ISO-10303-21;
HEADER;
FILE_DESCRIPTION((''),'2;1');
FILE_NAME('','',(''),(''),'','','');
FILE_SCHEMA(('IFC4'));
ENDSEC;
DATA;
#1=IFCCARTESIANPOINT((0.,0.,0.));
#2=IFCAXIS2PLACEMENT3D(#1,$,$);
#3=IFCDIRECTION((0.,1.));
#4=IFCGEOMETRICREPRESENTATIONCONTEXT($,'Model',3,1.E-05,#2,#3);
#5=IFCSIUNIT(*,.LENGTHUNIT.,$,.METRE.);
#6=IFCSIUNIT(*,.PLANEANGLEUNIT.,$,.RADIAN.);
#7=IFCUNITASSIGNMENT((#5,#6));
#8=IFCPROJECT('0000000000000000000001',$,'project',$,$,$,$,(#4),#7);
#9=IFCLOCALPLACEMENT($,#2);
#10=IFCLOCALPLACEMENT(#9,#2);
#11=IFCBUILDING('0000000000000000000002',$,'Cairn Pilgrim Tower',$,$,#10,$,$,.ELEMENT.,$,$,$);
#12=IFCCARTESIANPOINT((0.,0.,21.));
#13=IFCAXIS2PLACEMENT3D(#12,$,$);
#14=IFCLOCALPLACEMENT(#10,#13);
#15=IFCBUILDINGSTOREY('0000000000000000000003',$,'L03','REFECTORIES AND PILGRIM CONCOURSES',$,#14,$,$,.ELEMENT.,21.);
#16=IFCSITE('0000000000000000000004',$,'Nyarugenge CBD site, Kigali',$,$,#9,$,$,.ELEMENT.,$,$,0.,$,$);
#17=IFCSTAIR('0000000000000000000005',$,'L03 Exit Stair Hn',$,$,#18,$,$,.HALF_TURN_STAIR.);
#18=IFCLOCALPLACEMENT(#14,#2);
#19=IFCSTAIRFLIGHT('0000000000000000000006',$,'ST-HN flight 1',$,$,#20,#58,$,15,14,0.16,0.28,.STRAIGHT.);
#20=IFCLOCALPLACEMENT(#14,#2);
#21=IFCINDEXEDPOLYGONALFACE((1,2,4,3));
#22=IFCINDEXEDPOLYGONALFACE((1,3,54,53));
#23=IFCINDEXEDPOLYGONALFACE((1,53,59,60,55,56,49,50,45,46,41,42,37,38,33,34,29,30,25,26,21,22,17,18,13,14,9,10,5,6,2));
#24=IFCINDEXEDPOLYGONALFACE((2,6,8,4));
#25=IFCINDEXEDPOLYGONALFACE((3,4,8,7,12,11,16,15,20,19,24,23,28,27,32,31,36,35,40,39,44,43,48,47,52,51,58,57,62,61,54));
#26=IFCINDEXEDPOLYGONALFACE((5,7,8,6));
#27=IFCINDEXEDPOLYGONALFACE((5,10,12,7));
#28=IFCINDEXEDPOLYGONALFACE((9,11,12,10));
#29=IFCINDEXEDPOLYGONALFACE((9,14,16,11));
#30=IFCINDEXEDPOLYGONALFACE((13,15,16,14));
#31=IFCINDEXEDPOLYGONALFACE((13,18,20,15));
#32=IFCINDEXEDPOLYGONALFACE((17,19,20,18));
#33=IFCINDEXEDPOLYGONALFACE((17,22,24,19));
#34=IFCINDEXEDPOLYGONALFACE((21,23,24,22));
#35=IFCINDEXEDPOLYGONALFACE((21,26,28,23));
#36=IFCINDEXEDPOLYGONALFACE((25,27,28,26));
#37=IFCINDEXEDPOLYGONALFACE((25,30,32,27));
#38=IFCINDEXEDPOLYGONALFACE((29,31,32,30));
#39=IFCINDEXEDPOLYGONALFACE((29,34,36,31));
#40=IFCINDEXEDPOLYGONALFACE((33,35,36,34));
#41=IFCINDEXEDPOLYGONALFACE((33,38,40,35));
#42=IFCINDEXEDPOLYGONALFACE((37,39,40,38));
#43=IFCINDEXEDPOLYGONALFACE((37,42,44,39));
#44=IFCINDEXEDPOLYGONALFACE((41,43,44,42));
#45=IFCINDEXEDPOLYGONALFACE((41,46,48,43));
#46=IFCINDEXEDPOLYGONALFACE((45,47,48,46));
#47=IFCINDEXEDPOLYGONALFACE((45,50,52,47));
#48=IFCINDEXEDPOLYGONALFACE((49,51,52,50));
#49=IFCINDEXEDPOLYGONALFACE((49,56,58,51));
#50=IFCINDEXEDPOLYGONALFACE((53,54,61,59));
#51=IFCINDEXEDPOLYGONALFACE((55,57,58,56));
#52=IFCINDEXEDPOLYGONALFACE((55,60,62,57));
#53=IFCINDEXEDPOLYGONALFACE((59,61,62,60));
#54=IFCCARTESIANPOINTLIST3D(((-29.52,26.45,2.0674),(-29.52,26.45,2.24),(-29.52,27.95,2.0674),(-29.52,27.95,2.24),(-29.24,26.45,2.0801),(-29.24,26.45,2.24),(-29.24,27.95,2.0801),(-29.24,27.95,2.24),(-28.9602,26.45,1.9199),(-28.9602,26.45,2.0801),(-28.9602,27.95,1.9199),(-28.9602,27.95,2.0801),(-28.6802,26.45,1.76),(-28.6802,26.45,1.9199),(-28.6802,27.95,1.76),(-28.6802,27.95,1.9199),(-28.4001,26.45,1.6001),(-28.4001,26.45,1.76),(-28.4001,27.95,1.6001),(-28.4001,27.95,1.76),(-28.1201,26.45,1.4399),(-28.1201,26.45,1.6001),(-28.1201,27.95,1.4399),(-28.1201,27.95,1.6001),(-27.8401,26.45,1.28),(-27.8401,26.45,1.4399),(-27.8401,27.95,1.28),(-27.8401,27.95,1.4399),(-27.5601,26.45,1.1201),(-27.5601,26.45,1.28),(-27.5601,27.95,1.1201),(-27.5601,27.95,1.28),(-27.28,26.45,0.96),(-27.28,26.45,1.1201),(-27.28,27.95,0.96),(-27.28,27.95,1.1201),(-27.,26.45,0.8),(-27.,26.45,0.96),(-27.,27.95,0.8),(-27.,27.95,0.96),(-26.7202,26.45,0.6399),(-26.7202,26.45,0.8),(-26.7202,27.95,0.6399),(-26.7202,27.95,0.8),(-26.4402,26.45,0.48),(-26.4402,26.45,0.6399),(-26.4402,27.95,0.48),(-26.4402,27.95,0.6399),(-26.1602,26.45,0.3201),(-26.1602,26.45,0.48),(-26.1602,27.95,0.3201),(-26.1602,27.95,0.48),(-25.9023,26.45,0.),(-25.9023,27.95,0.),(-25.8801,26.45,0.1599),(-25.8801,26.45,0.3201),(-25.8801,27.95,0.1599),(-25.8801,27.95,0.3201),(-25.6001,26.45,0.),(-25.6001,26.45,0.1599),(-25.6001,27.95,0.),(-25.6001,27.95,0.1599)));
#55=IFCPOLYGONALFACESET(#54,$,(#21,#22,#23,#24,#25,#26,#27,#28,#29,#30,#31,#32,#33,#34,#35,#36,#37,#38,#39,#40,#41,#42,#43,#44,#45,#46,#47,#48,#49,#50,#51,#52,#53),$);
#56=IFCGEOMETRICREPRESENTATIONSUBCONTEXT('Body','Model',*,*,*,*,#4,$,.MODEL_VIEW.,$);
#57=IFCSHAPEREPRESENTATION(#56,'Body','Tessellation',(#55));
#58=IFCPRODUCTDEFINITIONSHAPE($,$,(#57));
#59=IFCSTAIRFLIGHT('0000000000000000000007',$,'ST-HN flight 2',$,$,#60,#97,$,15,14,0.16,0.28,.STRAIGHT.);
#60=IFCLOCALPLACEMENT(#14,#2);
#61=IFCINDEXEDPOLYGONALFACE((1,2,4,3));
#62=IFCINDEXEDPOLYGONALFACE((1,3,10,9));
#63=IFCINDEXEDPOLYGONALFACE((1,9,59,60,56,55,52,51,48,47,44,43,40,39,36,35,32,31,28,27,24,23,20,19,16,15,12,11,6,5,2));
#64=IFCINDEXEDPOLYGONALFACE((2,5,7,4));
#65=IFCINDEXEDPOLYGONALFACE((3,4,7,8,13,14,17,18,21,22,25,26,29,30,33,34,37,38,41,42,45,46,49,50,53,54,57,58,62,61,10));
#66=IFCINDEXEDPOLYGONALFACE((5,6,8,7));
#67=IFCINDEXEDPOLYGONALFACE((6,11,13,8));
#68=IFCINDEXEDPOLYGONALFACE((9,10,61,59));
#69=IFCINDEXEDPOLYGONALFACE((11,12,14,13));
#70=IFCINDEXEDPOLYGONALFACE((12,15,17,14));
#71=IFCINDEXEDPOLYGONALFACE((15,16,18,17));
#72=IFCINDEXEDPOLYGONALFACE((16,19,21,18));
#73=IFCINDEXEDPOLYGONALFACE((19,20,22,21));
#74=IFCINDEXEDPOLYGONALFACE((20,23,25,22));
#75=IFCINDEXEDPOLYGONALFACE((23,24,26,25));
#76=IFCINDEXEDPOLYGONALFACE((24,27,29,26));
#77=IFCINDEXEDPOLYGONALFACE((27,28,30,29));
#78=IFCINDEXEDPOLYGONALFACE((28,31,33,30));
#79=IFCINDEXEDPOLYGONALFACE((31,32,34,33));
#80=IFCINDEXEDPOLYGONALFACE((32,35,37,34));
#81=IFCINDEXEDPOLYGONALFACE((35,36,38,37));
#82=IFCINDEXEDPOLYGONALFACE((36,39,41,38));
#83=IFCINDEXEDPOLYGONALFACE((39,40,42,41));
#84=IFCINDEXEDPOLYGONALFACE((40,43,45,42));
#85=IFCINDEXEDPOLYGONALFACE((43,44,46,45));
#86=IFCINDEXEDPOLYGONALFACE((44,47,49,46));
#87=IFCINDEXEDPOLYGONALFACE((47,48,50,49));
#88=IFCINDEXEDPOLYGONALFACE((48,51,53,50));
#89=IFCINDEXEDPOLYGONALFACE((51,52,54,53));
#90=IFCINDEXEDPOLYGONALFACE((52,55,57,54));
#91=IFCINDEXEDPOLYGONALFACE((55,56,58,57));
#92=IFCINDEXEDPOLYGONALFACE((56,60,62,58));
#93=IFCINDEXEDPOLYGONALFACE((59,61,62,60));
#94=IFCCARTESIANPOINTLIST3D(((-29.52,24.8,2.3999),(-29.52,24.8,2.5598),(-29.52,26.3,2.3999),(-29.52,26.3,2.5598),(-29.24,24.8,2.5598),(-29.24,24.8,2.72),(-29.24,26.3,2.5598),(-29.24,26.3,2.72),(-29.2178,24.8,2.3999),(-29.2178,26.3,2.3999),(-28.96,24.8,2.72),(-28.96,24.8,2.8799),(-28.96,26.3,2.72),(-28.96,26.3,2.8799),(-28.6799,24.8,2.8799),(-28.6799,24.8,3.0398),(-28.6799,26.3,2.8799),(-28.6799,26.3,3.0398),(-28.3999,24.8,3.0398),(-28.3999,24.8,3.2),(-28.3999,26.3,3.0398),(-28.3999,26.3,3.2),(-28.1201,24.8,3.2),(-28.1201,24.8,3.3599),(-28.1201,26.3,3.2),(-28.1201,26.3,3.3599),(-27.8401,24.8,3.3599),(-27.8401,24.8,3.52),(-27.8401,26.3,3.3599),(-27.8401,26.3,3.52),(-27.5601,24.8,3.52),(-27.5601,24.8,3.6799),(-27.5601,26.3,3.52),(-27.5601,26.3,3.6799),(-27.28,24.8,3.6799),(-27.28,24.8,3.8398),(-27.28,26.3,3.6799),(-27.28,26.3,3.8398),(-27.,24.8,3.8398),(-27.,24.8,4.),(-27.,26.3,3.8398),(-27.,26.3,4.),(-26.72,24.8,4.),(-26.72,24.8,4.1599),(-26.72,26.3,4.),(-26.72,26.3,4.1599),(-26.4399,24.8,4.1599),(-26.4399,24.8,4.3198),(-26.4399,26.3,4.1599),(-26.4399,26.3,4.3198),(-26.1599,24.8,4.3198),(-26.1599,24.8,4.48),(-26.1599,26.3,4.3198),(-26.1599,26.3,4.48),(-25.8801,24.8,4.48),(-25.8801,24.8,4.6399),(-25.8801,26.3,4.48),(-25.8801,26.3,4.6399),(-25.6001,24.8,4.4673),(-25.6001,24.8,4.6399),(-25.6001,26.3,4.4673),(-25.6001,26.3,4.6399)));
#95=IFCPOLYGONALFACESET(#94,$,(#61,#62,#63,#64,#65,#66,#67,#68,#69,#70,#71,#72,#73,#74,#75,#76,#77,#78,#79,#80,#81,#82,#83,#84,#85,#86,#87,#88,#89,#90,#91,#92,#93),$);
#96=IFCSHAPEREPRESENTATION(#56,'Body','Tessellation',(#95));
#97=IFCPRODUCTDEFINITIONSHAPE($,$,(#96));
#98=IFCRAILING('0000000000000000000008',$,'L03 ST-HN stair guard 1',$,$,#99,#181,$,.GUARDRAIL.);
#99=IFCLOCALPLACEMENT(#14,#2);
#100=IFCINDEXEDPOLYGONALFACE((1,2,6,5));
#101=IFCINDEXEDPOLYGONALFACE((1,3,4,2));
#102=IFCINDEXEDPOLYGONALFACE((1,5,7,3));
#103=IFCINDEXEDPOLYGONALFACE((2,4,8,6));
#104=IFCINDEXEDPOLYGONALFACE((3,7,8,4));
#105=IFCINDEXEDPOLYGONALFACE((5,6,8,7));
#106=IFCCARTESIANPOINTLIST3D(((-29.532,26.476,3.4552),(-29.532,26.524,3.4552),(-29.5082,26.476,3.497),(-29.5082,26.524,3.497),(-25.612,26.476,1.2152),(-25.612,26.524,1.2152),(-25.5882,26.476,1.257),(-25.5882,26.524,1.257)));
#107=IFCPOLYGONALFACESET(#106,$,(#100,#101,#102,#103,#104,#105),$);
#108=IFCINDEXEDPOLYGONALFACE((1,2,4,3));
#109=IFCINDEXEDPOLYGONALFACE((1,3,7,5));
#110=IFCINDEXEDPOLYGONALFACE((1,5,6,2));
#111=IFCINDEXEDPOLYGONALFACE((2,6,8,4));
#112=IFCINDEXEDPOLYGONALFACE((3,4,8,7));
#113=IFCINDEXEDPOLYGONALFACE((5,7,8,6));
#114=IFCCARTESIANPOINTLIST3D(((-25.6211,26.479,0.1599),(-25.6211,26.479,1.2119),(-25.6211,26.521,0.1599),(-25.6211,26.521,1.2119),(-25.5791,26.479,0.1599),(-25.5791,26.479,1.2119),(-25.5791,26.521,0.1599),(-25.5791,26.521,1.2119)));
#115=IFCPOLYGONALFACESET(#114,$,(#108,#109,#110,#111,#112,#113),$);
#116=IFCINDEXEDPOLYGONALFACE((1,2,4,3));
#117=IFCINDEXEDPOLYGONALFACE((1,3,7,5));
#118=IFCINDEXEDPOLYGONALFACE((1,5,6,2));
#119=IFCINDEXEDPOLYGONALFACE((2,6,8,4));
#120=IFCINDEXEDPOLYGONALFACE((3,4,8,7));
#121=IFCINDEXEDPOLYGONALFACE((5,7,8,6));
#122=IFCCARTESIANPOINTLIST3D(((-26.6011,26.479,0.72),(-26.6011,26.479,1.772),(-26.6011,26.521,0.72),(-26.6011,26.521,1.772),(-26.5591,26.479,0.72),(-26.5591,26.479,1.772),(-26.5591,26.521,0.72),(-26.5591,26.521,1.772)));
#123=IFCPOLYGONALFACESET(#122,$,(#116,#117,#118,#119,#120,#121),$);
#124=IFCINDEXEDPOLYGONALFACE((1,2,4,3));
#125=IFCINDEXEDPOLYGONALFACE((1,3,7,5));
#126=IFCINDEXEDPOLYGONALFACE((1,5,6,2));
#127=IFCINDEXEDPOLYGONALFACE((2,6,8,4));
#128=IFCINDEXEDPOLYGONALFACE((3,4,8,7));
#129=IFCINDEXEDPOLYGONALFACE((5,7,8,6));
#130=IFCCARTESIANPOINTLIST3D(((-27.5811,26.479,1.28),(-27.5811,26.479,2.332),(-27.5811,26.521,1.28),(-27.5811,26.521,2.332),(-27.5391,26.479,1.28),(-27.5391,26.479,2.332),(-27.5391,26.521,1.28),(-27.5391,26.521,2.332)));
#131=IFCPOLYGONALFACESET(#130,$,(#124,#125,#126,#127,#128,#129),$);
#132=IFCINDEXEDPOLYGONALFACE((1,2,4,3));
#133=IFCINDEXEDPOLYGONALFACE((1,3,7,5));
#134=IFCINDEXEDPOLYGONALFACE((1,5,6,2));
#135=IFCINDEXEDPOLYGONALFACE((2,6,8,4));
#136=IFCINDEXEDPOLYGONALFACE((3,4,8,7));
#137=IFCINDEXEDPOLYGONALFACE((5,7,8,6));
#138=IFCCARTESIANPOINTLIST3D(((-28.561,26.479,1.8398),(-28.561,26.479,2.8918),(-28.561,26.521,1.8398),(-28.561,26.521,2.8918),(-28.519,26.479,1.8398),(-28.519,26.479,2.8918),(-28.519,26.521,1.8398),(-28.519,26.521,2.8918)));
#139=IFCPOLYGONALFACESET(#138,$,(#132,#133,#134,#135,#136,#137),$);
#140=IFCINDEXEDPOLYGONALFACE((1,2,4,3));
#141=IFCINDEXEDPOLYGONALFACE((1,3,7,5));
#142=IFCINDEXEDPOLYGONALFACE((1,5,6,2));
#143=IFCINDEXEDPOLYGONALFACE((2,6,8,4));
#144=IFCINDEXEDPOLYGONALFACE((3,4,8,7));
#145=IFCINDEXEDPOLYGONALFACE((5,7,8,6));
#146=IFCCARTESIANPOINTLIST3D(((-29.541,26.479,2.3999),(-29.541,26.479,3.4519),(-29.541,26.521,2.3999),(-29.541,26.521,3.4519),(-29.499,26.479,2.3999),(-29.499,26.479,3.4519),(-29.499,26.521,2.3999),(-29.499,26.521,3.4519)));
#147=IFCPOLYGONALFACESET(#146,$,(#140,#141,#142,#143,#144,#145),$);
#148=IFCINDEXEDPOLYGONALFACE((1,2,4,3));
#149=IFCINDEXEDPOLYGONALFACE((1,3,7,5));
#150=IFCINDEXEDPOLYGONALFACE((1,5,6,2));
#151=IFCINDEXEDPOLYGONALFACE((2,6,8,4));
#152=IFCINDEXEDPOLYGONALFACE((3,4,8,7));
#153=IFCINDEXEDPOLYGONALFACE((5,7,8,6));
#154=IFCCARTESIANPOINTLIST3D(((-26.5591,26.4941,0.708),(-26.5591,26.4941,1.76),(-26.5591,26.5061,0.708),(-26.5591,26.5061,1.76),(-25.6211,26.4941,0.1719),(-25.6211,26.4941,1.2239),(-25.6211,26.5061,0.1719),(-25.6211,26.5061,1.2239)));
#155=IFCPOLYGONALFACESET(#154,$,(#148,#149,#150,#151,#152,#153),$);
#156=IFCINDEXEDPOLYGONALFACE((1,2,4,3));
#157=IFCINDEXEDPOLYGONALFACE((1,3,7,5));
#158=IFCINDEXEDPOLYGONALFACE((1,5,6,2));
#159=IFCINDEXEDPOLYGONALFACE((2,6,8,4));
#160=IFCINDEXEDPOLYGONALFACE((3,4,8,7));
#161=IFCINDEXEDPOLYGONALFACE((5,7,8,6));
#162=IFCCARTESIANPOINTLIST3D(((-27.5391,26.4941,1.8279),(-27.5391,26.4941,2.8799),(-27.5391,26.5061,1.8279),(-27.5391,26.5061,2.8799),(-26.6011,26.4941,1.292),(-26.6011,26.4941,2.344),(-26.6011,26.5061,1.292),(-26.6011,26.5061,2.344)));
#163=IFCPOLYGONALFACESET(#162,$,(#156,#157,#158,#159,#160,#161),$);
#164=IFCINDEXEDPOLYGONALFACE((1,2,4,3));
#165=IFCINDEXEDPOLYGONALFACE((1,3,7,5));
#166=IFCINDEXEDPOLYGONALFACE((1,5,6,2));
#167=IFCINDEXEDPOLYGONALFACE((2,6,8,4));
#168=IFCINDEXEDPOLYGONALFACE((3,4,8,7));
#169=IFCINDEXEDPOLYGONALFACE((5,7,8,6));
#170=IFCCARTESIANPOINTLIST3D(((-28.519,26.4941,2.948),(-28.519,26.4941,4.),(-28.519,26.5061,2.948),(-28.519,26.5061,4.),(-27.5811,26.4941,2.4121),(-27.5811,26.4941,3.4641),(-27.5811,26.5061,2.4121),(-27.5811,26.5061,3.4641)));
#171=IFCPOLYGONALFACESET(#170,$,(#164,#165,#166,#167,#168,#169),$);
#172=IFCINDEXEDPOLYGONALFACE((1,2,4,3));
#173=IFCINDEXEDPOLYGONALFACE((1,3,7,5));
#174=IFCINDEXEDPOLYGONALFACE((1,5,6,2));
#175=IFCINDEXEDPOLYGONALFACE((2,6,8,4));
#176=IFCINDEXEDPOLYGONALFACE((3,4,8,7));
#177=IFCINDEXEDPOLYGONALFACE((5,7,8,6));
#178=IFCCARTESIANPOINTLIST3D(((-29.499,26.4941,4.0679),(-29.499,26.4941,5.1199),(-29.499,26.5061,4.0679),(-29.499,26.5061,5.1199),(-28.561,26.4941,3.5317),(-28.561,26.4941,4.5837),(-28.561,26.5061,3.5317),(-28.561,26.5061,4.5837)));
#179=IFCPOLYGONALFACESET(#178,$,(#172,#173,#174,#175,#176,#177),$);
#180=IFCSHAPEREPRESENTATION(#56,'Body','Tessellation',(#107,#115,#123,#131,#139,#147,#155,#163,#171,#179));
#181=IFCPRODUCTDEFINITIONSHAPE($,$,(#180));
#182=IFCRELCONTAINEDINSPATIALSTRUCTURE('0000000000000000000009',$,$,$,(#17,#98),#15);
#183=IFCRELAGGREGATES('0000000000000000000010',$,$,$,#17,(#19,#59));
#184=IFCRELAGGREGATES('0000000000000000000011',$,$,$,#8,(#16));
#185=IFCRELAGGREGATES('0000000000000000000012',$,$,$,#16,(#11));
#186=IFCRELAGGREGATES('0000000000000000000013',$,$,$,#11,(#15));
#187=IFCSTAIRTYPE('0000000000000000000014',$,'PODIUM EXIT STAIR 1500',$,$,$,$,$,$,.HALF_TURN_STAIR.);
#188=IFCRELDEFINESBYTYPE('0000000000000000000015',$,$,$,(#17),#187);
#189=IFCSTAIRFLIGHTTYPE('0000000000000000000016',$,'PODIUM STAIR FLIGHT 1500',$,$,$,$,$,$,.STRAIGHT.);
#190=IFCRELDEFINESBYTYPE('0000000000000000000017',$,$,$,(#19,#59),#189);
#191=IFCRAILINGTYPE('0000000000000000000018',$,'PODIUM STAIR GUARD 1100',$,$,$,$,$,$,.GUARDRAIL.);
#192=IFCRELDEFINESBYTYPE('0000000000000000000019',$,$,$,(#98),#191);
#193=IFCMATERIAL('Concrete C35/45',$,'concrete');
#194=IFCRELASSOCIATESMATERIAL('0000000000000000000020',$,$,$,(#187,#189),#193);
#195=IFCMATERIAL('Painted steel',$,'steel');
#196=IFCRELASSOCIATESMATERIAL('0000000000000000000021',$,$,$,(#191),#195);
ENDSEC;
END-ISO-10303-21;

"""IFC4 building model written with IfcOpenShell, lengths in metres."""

from ifc_helpers import new_model, si_unit, direction, frame, origin, origin_2d, place, context, subcontext, project, spatial, polyline, rectangle, outline, extrude, material, type_object, element, aggregate, save


model = new_model("IFC4")

# Units and contexts
model_context = context("Model", 3, precision=1e-05, world=origin(), true_north=direction((0.0, 1.0)))
body_context = subcontext(model_context, "Body", "Model", "MODEL_VIEW")
ifc_project = project(units=[si_unit("LENGTHUNIT", "METRE"), si_unit("PLANEANGLEUNIT", "RADIAN")], contexts=[model_context])

# Site, building, storey
site_placement = place(None, origin())
site = spatial("IfcSite", under=ifc_project, at=site_placement, Name="Nyarugenge CBD site, Kigali", CompositionType="ELEMENT", RefElevation=0.0)
building_placement = place(site_placement, origin())
building = spatial("IfcBuilding", under=site, at=building_placement, Name="Cairn Pilgrim Tower", CompositionType="ELEMENT")
storey_placement = place(building_placement, frame((0.0, 0.0, 21.0)))
storey = spatial("IfcBuildingStorey", under=building, at=storey_placement, Name="L03", Description="REFECTORIES AND PILGRIM CONCOURSES", CompositionType="ELEMENT", Elevation=21.0)

# Shared definitions
ifc_material_1 = material(Name="Concrete C35/45", Category="concrete")

# Stair, stair flights
stair_type = type_object("IfcStairType", Name="PODIUM EXIT STAIR 1500", PredefinedType="HALF_TURN_STAIR", material=ifc_material_1)
stair_placement = place(storey_placement, origin())
stair = element("IfcStair", 1, at=stair_placement, inside=storey, type_object=stair_type, Name="L03 Exit Stair Hn", PredefinedType="HALF_TURN_STAIR")
stair_flight_type = type_object("IfcStairFlightType", Name="PODIUM STAIR FLIGHT 1500", PredefinedType="STRAIGHT", material=ifc_material_1)
stair_flight_1_placement = place(storey_placement, frame((-25.6001, 27.2, 0.0), z_axis=(0.0, 0.0, 1.0), x_axis=(-1.0, 0.0, 0.0)))
stair_flight_1 = element("IfcStairFlight", 2, at=stair_flight_1_placement, type_object=stair_flight_type, Name="ST-HN flight 1", NumberOfRisers=15, NumberOfTreads=14, PredefinedType="STRAIGHT", RiserHeight=0.16, TreadLength=0.28, context=body_context, shape_type="SweptSolid", body=[
    extrude(outline(polyline([(0.0, 0.0), (0.0, 0.1599), (0.28, 0.1599), (0.28, 0.3201), (0.5601, 0.3201), (0.5601, 0.48), (0.8401, 0.48), (0.8401, 0.6399), (1.1201, 0.6399), (1.1201, 0.8), (1.3999, 0.8), (1.3999, 0.96), (1.6799, 0.96), (1.6799, 1.1201), (1.96, 1.1201), (1.96, 1.28), (2.24, 1.28), (2.24, 1.4399), (2.52, 1.4399), (2.52, 1.6001), (2.8, 1.6001), (2.8, 1.76), (3.0801, 1.76), (3.0801, 1.9199), (3.3601, 1.9199), (3.3601, 2.0801), (3.6399, 2.0801), (3.6399, 2.24), (3.9199, 2.24), (3.9199, 2.3999), (3.9199, 2.0674), (0.3022, 0.0), (0.0, 0.0)])), frame((0.0, 0.75, 0.0), z_axis=(0.0, -1.0, 0.0), x_axis=(1.0, 0.0, 0.0)), (0.0, 0.0, 1.0), 1.5),
])
stair_flight_2_placement = place(storey_placement, frame((-29.52, 25.55, 2.3999), z_axis=(0.0, 0.0, 1.0), x_axis=(1.0, 0.0, 0.0)))
stair_flight_2 = element("IfcStairFlight", 3, at=stair_flight_2_placement, type_object=stair_flight_type, Name="ST-HN flight 2", NumberOfRisers=15, NumberOfTreads=14, PredefinedType="STRAIGHT", RiserHeight=0.16, TreadLength=0.28, context=body_context, shape_type="SweptSolid", body=[
    extrude(outline(polyline([(0.0, 0.0), (0.0, 0.1599), (0.28, 0.1599), (0.28, 0.3201), (0.5601, 0.3201), (0.5601, 0.48), (0.8401, 0.48), (0.8401, 0.6399), (1.1201, 0.6399), (1.1201, 0.8), (1.3999, 0.8), (1.3999, 0.96), (1.6799, 0.96), (1.6799, 1.1201), (1.96, 1.1201), (1.96, 1.28), (2.24, 1.28), (2.24, 1.4399), (2.52, 1.4399), (2.52, 1.6001), (2.8, 1.6001), (2.8, 1.76), (3.0801, 1.76), (3.0801, 1.9199), (3.3601, 1.9199), (3.3601, 2.0801), (3.6399, 2.0801), (3.6399, 2.24), (3.9199, 2.24), (3.9199, 2.3999), (3.9199, 2.0674), (0.3022, 0.0), (0.0, 0.0)])), frame((0.0, 0.75, 0.0), z_axis=(0.0, -1.0, 0.0), x_axis=(1.0, 0.0, 0.0)), (0.0, 0.0, 1.0), 1.5),
])
aggregate(stair, [stair_flight_1, stair_flight_2])

# Railing
ifc_material_2 = material(Name="Painted steel", Category="steel")
railing_type_1 = type_object("IfcRailingType", Name="PODIUM STAIR GUARD 1100", PredefinedType="GUARDRAIL", material=ifc_material_2)
railing_1_placement = place(storey_placement, frame((-25.6001, 26.5, 0.1599)))
element("IfcRailing", 4, at=railing_1_placement, inside=storey, type_object=railing_type_1, Name="L03 ST-HN stair guard 1", PredefinedType="GUARDRAIL", context=body_context, shape_type="SweptSolid", body=[
    extrude(rectangle(XDim=0.0481, YDim=0.0481, at=origin_2d()), frame((0.0, 0.0, 1.0762), z_axis=(-0.86824, 0.0, 0.496145), x_axis=(0.0, -1.0, 0.0)), (0.0, 0.0, 1.0), 4.5149),
    extrude(rectangle(XDim=0.042, YDim=0.042, at=origin_2d()), origin(), (0.0, 0.0, 1.0), 1.052),
    extrude(rectangle(XDim=0.042, YDim=0.042, at=origin_2d()), frame((-0.98, 0.0, 0.5601)), (0.0, 0.0, 1.0), 1.052),
    extrude(rectangle(XDim=0.042, YDim=0.042, at=origin_2d()), frame((-1.96, 0.0, 1.1201)), (0.0, 0.0, 1.0), 1.052),
    extrude(rectangle(XDim=0.042, YDim=0.042, at=origin_2d()), frame((-2.9399, 0.0, 1.6799)), (0.0, 0.0, 1.0), 1.052),
    extrude(rectangle(XDim=0.042, YDim=0.042, at=origin_2d()), frame((-3.9199, 0.0, 2.24)), (0.0, 0.0, 1.0), 1.052),
    extrude(outline(polyline([(0.021, 0.012), (0.959, 0.5481), (0.959, 1.6001), (0.021, 1.064), (0.021, 0.012)])), frame((0.0, -0.0059, 0.0), z_axis=(0.0, 1.0, 0.0), x_axis=(-1.0, 0.0, 0.0)), (0.0, 0.0, 1.0), 0.012),
    extrude(outline(polyline([(0.021, 0.572), (0.959, 1.1079), (0.959, 2.1599), (0.021, 1.624), (0.021, 0.572)])), frame((-0.98, -0.0059, 0.5601), z_axis=(0.0, 1.0, 0.0), x_axis=(-1.0, 0.0, 0.0)), (0.0, 0.0, 1.0), 0.012),
    extrude(outline(polyline([(0.021, 1.1321), (0.959, 1.668), (0.959, 2.72), (0.021, 2.1841), (0.021, 1.1321)])), frame((-1.96, -0.0059, 1.1201), z_axis=(0.0, 1.0, 0.0), x_axis=(-1.0, 0.0, 0.0)), (0.0, 0.0, 1.0), 0.012),
    extrude(outline(polyline([(0.021, 1.6919), (0.959, 2.228), (0.959, 3.28), (0.021, 2.7439), (0.021, 1.6919)])), frame((-2.9399, -0.0059, 1.6799), z_axis=(0.0, 1.0, 0.0), x_axis=(-1.0, 0.0, 0.0)), (0.0, 0.0, 1.0), 0.012),
])

save(model, "model.ifc")
